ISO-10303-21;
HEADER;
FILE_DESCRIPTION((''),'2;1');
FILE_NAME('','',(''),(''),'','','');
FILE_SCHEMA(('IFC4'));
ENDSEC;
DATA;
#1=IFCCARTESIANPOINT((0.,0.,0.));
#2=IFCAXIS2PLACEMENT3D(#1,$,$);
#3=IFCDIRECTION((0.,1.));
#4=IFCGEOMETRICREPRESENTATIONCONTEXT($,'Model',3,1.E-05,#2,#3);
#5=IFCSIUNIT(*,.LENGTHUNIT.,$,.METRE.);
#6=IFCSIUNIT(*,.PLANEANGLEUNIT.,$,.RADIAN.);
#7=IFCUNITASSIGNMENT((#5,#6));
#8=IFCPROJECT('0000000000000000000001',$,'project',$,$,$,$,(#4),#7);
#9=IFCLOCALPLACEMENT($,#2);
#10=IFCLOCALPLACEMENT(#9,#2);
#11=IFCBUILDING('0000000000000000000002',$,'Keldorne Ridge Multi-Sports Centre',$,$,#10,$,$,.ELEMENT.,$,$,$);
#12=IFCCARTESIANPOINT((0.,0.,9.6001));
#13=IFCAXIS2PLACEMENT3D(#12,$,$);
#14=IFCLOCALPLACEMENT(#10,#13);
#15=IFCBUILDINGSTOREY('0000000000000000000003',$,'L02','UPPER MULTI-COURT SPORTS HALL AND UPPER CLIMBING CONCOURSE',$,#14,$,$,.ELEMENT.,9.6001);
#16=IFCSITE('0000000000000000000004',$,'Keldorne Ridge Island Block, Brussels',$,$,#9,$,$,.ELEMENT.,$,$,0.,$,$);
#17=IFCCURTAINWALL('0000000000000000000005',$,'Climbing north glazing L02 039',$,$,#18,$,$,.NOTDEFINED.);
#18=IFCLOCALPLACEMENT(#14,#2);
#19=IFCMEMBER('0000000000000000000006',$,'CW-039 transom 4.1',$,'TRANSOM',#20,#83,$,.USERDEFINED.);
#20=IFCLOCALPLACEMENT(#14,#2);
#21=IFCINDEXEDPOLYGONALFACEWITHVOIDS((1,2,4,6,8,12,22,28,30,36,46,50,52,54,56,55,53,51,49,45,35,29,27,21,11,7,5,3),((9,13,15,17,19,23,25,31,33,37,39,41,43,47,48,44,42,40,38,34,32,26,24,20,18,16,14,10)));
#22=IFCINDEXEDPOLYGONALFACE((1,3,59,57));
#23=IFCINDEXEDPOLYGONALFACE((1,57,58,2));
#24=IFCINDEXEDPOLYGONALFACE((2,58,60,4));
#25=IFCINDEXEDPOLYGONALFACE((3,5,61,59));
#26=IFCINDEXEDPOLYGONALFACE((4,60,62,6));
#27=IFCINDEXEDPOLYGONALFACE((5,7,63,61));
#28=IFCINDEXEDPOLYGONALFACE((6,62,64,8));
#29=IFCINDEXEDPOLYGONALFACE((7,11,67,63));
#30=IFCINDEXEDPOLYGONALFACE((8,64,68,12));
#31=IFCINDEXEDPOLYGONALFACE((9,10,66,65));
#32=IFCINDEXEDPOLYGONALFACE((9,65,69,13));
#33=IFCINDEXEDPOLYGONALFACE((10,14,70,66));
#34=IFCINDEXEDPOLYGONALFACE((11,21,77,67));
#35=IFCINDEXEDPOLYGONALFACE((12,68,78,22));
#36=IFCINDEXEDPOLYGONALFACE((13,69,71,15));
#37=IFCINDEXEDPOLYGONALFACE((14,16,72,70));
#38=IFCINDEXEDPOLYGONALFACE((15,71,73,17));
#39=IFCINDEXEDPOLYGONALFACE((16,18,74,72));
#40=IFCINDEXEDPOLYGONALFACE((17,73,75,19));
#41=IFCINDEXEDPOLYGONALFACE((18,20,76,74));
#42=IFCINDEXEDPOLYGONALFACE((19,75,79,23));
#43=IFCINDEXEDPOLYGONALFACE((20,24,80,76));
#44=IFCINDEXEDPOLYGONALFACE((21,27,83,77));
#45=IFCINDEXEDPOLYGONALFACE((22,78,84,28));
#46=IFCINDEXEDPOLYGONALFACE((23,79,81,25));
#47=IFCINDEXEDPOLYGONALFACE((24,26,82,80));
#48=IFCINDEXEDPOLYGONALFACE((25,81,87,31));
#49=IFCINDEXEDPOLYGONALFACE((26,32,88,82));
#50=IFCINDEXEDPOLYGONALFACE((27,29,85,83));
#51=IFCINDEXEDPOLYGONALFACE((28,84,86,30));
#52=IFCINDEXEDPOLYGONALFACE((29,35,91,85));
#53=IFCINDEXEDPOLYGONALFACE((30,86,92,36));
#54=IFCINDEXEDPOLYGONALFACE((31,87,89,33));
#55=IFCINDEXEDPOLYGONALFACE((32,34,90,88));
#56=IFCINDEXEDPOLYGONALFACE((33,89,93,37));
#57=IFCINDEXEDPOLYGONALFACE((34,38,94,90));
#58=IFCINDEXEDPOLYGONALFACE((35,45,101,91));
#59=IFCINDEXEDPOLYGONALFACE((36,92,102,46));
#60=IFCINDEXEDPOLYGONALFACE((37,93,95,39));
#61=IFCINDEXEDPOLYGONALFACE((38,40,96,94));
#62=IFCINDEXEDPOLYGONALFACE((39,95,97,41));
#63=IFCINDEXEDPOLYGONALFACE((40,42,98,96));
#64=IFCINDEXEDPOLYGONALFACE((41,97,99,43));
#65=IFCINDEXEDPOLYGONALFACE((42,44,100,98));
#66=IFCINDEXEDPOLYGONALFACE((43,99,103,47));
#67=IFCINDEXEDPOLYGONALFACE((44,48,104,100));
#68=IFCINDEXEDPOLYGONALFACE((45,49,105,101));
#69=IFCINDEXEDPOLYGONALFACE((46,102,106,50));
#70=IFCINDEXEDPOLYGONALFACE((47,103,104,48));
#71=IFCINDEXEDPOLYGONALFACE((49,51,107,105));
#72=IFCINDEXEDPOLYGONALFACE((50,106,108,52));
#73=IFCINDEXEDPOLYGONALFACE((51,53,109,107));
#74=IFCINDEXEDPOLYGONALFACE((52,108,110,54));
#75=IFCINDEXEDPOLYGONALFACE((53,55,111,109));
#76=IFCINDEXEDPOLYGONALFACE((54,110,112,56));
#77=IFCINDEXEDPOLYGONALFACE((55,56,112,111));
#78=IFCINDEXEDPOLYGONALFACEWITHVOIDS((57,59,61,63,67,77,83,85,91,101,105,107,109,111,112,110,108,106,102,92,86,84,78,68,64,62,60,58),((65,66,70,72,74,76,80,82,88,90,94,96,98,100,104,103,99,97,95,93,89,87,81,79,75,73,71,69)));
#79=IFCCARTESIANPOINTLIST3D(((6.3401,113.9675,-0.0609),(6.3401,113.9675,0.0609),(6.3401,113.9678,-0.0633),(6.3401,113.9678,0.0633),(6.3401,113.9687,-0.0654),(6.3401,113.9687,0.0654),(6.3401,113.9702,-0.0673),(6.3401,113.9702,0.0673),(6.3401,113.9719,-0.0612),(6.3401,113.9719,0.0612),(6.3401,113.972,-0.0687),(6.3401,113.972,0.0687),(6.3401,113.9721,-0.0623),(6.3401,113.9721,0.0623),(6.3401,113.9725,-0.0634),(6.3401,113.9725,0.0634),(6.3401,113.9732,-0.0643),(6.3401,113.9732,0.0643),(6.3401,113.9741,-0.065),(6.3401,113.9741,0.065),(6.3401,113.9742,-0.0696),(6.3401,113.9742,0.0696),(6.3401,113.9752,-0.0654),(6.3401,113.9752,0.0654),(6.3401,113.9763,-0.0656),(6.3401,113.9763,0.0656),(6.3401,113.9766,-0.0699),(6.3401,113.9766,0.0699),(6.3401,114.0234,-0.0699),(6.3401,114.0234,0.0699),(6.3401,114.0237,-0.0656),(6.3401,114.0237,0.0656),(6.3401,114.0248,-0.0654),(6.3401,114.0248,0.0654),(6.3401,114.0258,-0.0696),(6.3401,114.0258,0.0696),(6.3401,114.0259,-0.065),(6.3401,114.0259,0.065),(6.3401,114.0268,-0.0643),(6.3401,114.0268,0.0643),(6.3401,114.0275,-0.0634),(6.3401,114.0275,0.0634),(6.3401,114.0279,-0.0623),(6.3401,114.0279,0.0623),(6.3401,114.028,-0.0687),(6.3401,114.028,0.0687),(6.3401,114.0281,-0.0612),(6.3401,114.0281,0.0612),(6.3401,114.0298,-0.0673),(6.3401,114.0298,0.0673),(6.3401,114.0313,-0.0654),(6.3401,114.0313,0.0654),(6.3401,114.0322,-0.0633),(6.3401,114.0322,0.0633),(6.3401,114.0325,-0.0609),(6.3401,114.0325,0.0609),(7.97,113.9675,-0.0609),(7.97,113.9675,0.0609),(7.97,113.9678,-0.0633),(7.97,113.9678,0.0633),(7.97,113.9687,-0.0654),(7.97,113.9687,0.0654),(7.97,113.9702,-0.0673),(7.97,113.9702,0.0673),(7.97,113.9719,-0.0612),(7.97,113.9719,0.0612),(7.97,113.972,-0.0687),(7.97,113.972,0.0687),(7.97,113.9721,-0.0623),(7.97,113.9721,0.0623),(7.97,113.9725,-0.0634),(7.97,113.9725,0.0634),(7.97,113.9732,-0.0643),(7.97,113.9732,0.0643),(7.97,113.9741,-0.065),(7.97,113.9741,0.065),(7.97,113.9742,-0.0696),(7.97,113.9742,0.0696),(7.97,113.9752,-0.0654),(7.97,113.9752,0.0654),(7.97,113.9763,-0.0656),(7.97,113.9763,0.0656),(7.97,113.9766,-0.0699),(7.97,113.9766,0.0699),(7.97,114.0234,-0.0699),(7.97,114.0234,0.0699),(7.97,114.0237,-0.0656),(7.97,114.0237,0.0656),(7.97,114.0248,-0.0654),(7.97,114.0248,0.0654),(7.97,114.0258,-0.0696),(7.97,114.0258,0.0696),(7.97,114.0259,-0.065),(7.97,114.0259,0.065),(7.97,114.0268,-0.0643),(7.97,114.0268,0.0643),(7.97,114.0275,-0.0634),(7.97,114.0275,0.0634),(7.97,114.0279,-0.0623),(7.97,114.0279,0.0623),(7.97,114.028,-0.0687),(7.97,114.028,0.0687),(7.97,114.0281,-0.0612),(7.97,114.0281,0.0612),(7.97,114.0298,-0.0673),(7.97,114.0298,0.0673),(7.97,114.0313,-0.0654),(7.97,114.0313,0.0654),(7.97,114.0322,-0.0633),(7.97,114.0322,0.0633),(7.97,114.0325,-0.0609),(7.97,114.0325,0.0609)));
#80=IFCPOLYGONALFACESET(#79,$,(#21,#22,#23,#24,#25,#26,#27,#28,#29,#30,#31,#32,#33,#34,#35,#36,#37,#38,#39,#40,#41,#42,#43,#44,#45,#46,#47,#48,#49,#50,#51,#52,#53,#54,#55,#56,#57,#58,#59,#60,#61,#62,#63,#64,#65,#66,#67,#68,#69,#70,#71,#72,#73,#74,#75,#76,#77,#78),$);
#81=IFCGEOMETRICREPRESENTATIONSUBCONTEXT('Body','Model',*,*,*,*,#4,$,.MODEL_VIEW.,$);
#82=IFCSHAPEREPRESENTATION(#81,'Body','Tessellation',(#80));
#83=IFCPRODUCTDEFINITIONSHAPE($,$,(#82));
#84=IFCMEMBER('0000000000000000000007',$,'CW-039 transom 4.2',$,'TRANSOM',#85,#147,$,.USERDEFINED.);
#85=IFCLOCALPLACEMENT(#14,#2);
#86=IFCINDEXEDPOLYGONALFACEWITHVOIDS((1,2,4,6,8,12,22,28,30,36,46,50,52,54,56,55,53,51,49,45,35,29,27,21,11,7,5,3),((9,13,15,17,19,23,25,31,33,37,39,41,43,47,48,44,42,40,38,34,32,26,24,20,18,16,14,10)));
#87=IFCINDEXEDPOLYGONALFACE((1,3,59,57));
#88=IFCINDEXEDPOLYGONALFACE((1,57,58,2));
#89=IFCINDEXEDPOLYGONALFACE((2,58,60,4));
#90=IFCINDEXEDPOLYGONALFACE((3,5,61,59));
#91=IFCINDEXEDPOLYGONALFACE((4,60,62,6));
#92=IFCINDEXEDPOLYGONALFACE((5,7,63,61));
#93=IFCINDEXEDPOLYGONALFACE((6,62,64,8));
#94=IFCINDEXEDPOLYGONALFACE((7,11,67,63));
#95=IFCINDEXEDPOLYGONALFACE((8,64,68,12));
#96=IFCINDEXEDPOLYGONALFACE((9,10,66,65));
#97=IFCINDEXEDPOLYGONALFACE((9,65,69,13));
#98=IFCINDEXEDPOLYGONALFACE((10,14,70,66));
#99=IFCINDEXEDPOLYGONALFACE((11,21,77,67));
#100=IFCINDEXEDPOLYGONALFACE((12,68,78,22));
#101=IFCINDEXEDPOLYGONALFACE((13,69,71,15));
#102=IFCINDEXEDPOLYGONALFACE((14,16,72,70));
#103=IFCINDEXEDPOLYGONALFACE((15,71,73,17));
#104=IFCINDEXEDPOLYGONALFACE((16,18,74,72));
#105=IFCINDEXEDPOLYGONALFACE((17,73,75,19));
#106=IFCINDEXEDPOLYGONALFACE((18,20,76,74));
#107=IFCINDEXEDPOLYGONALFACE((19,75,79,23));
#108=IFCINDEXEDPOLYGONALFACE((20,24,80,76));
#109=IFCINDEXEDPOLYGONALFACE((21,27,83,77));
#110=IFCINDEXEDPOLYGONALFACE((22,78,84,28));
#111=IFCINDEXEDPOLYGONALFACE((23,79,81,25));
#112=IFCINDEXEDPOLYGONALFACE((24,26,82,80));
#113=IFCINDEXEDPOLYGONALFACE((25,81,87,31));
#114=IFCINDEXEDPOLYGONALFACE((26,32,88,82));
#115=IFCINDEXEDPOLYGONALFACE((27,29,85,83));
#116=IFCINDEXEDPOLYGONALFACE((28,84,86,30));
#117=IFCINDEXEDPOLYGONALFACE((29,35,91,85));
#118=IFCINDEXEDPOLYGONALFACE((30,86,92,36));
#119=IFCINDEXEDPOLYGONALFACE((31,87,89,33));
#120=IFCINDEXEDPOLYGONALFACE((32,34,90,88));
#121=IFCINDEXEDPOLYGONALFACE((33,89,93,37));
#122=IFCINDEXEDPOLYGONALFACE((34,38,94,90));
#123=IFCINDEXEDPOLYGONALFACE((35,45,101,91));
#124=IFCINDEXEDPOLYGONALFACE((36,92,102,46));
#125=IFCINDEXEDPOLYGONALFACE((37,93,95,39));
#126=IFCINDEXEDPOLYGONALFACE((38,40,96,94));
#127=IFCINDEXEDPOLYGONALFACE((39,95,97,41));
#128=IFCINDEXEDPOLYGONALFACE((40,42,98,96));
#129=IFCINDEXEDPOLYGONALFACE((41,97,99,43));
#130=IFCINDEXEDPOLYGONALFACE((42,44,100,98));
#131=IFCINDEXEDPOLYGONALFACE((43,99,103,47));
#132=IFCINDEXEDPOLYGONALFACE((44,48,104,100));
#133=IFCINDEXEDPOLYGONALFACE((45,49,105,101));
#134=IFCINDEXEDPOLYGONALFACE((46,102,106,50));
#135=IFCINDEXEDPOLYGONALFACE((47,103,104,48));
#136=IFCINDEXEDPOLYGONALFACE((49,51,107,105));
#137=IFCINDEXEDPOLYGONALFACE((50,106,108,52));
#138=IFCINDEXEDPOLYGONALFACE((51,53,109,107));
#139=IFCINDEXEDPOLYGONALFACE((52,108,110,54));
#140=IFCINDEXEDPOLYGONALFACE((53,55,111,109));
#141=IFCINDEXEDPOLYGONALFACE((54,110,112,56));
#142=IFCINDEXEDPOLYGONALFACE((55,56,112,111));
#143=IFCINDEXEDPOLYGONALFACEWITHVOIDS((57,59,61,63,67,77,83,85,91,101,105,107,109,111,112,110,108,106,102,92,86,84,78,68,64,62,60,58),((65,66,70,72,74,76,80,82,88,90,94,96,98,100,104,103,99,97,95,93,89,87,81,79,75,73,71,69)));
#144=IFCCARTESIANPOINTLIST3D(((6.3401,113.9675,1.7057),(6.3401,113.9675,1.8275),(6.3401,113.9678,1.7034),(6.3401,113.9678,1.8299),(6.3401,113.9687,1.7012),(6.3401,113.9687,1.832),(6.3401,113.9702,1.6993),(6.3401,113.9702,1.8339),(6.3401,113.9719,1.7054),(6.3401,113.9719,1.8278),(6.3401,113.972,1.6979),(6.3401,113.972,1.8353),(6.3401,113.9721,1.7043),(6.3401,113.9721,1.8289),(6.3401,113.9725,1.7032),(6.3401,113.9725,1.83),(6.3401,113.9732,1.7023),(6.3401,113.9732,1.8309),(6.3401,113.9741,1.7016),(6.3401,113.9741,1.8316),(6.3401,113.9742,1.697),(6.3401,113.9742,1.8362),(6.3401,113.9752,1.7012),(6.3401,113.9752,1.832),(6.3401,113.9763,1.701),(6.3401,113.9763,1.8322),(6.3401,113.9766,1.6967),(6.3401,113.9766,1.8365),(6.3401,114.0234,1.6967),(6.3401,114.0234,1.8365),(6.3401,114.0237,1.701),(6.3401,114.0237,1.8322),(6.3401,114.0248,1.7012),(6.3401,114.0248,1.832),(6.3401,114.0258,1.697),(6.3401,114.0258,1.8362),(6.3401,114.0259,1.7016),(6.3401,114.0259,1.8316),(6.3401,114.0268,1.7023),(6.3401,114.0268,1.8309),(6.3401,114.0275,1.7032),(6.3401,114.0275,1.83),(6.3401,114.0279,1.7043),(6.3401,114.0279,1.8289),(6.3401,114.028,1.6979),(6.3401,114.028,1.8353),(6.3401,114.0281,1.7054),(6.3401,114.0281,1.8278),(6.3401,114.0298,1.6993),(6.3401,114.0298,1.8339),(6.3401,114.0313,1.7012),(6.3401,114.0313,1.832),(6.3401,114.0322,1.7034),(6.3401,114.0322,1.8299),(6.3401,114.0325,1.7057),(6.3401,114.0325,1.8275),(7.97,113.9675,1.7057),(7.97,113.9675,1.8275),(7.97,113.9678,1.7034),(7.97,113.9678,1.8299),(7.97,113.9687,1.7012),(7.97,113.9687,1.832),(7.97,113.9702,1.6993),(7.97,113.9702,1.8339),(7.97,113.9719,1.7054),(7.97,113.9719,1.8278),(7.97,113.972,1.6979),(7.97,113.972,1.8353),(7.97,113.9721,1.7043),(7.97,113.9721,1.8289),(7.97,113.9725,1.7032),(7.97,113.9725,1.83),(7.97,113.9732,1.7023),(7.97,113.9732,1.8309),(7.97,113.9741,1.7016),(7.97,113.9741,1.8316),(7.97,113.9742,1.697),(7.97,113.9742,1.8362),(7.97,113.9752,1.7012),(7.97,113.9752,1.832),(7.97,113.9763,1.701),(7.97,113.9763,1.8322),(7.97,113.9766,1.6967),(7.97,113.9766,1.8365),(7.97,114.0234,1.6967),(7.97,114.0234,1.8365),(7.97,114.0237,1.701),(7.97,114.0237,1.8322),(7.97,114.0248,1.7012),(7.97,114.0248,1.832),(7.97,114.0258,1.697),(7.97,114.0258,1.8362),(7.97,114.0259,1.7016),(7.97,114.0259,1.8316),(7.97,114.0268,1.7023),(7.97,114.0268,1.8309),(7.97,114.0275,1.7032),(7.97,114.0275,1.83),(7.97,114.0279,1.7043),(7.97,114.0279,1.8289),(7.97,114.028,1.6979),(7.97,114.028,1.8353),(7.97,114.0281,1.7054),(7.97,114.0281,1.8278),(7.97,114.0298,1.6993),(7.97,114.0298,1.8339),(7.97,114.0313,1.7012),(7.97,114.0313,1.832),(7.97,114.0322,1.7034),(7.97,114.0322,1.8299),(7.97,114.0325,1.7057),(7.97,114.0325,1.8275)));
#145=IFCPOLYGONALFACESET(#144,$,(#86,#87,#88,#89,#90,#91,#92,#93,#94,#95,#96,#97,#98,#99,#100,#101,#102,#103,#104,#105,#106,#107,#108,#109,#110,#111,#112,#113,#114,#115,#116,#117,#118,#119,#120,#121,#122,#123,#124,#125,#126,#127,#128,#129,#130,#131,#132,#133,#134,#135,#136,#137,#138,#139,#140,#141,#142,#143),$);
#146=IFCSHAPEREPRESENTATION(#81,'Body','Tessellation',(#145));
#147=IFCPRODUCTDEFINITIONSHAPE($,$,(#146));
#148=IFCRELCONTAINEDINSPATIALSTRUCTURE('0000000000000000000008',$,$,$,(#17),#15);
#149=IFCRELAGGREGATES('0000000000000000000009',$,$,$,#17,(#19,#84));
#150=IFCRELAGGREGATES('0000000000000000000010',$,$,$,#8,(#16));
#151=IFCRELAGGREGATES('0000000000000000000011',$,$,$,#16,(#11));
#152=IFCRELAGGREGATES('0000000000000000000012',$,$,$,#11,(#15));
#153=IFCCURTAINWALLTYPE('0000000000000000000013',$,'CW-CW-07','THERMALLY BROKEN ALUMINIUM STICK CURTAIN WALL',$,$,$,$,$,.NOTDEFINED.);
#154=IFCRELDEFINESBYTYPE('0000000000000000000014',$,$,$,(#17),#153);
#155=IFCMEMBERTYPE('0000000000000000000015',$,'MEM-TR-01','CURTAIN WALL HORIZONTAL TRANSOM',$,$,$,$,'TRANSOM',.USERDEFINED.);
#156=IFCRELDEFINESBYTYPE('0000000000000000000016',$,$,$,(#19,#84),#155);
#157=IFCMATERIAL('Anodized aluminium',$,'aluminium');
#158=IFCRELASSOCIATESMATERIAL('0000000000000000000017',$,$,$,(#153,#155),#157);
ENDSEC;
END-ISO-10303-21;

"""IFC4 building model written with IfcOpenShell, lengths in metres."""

from ifc_helpers import new_model, si_unit, direction, frame, origin, origin_2d, place, context, subcontext, project, spatial, hollow_rectangle, extrude, material, material_profile, profile_set, type_object, element, aggregate, save


model = new_model("IFC4")

# Units and contexts
model_context = context("Model", 3, precision=1e-05, world=origin(), true_north=direction((0.0, 1.0)))
body_context = subcontext(model_context, "Body", "Model", "MODEL_VIEW")
ifc_project = project(units=[si_unit("LENGTHUNIT", "METRE"), si_unit("PLANEANGLEUNIT", "RADIAN")], contexts=[model_context])

# Site, building, storey
site_placement = place(None, origin())
site = spatial("IfcSite", under=ifc_project, at=site_placement, Name="Keldorne Ridge Island Block, Brussels", CompositionType="ELEMENT", RefElevation=0.0)
building_placement = place(site_placement, origin())
building = spatial("IfcBuilding", under=site, at=building_placement, Name="Keldorne Ridge Multi-Sports Centre", CompositionType="ELEMENT")
storey_placement = place(building_placement, frame((0.0, 0.0, 9.6001)))
storey = spatial("IfcBuildingStorey", under=building, at=storey_placement, Name="L02", Description="UPPER MULTI-COURT SPORTS HALL AND UPPER CLIMBING CONCOURSE", CompositionType="ELEMENT", Elevation=9.6001)

# Curtain wall
ifc_material_1 = material(Name="Anodized aluminium", Category="aluminium")
curtain_wall_type = type_object("IfcCurtainWallType", Name="CW-CW-07", Description="THERMALLY BROKEN ALUMINIUM STICK CURTAIN WALL", PredefinedType="NOTDEFINED", material=ifc_material_1)
curtain_wall_placement = place(storey_placement, origin())
curtain_wall = element("IfcCurtainWall", 1, at=curtain_wall_placement, inside=storey, type_object=curtain_wall_type, Name="Climbing north glazing L02 039", PredefinedType="NOTDEFINED")

# Members
ifc_material_profile_1 = material_profile(ifc_material_1, hollow_rectangle(XDim=0.0649, YDim=0.1399, WallThickness=0.0044, InnerFilletRadius=0.0044, OuterFilletRadius=0.009, at=origin_2d()), Name="ALU TRANSOM 140x65x4.5")
ifc_profile_set_1 = profile_set([ifc_material_profile_1], Name="Anodized aluminium")
member_type_1 = type_object("IfcMemberType", Name="MEM-TR-01", Description="CURTAIN WALL HORIZONTAL TRANSOM", ElementType="TRANSOM", PredefinedType="USERDEFINED", material=ifc_profile_set_1)
member_1_placement = place(storey_placement, frame((7.97, 114.0, 0.0), z_axis=(-1.0, 0.0, 0.0), x_axis=(0.0, -1.0, 0.0)))
member_1 = element("IfcMember", 2, at=member_1_placement, type_object=member_type_1, Name="CW-039 transom 4.1", ObjectType="TRANSOM", PredefinedType="USERDEFINED", context=body_context, shape_type="SweptSolid", body=[
    extrude(hollow_rectangle(XDim=0.0649, YDim=0.1399, WallThickness=0.0044, InnerFilletRadius=0.0044, OuterFilletRadius=0.009, at=origin_2d()), origin(), (0.0, 0.0, 1.0), 1.6299),
])
member_2_placement = place(storey_placement, frame((7.97, 114.0, 1.7666), z_axis=(-1.0, 0.0, 0.0), x_axis=(0.0, -1.0, 0.0)))
member_2 = element("IfcMember", 3, at=member_2_placement, type_object=member_type_1, Name="CW-039 transom 4.2", ObjectType="TRANSOM", PredefinedType="USERDEFINED", context=body_context, shape_type="SweptSolid", body=[
    extrude(hollow_rectangle(XDim=0.0649, YDim=0.1399, WallThickness=0.0044, InnerFilletRadius=0.0044, OuterFilletRadius=0.009, at=origin_2d()), origin(), (0.0, 0.0, 1.0), 1.6299),
])

aggregate(curtain_wall, [member_1, member_2])

save(model, "model.ifc")
